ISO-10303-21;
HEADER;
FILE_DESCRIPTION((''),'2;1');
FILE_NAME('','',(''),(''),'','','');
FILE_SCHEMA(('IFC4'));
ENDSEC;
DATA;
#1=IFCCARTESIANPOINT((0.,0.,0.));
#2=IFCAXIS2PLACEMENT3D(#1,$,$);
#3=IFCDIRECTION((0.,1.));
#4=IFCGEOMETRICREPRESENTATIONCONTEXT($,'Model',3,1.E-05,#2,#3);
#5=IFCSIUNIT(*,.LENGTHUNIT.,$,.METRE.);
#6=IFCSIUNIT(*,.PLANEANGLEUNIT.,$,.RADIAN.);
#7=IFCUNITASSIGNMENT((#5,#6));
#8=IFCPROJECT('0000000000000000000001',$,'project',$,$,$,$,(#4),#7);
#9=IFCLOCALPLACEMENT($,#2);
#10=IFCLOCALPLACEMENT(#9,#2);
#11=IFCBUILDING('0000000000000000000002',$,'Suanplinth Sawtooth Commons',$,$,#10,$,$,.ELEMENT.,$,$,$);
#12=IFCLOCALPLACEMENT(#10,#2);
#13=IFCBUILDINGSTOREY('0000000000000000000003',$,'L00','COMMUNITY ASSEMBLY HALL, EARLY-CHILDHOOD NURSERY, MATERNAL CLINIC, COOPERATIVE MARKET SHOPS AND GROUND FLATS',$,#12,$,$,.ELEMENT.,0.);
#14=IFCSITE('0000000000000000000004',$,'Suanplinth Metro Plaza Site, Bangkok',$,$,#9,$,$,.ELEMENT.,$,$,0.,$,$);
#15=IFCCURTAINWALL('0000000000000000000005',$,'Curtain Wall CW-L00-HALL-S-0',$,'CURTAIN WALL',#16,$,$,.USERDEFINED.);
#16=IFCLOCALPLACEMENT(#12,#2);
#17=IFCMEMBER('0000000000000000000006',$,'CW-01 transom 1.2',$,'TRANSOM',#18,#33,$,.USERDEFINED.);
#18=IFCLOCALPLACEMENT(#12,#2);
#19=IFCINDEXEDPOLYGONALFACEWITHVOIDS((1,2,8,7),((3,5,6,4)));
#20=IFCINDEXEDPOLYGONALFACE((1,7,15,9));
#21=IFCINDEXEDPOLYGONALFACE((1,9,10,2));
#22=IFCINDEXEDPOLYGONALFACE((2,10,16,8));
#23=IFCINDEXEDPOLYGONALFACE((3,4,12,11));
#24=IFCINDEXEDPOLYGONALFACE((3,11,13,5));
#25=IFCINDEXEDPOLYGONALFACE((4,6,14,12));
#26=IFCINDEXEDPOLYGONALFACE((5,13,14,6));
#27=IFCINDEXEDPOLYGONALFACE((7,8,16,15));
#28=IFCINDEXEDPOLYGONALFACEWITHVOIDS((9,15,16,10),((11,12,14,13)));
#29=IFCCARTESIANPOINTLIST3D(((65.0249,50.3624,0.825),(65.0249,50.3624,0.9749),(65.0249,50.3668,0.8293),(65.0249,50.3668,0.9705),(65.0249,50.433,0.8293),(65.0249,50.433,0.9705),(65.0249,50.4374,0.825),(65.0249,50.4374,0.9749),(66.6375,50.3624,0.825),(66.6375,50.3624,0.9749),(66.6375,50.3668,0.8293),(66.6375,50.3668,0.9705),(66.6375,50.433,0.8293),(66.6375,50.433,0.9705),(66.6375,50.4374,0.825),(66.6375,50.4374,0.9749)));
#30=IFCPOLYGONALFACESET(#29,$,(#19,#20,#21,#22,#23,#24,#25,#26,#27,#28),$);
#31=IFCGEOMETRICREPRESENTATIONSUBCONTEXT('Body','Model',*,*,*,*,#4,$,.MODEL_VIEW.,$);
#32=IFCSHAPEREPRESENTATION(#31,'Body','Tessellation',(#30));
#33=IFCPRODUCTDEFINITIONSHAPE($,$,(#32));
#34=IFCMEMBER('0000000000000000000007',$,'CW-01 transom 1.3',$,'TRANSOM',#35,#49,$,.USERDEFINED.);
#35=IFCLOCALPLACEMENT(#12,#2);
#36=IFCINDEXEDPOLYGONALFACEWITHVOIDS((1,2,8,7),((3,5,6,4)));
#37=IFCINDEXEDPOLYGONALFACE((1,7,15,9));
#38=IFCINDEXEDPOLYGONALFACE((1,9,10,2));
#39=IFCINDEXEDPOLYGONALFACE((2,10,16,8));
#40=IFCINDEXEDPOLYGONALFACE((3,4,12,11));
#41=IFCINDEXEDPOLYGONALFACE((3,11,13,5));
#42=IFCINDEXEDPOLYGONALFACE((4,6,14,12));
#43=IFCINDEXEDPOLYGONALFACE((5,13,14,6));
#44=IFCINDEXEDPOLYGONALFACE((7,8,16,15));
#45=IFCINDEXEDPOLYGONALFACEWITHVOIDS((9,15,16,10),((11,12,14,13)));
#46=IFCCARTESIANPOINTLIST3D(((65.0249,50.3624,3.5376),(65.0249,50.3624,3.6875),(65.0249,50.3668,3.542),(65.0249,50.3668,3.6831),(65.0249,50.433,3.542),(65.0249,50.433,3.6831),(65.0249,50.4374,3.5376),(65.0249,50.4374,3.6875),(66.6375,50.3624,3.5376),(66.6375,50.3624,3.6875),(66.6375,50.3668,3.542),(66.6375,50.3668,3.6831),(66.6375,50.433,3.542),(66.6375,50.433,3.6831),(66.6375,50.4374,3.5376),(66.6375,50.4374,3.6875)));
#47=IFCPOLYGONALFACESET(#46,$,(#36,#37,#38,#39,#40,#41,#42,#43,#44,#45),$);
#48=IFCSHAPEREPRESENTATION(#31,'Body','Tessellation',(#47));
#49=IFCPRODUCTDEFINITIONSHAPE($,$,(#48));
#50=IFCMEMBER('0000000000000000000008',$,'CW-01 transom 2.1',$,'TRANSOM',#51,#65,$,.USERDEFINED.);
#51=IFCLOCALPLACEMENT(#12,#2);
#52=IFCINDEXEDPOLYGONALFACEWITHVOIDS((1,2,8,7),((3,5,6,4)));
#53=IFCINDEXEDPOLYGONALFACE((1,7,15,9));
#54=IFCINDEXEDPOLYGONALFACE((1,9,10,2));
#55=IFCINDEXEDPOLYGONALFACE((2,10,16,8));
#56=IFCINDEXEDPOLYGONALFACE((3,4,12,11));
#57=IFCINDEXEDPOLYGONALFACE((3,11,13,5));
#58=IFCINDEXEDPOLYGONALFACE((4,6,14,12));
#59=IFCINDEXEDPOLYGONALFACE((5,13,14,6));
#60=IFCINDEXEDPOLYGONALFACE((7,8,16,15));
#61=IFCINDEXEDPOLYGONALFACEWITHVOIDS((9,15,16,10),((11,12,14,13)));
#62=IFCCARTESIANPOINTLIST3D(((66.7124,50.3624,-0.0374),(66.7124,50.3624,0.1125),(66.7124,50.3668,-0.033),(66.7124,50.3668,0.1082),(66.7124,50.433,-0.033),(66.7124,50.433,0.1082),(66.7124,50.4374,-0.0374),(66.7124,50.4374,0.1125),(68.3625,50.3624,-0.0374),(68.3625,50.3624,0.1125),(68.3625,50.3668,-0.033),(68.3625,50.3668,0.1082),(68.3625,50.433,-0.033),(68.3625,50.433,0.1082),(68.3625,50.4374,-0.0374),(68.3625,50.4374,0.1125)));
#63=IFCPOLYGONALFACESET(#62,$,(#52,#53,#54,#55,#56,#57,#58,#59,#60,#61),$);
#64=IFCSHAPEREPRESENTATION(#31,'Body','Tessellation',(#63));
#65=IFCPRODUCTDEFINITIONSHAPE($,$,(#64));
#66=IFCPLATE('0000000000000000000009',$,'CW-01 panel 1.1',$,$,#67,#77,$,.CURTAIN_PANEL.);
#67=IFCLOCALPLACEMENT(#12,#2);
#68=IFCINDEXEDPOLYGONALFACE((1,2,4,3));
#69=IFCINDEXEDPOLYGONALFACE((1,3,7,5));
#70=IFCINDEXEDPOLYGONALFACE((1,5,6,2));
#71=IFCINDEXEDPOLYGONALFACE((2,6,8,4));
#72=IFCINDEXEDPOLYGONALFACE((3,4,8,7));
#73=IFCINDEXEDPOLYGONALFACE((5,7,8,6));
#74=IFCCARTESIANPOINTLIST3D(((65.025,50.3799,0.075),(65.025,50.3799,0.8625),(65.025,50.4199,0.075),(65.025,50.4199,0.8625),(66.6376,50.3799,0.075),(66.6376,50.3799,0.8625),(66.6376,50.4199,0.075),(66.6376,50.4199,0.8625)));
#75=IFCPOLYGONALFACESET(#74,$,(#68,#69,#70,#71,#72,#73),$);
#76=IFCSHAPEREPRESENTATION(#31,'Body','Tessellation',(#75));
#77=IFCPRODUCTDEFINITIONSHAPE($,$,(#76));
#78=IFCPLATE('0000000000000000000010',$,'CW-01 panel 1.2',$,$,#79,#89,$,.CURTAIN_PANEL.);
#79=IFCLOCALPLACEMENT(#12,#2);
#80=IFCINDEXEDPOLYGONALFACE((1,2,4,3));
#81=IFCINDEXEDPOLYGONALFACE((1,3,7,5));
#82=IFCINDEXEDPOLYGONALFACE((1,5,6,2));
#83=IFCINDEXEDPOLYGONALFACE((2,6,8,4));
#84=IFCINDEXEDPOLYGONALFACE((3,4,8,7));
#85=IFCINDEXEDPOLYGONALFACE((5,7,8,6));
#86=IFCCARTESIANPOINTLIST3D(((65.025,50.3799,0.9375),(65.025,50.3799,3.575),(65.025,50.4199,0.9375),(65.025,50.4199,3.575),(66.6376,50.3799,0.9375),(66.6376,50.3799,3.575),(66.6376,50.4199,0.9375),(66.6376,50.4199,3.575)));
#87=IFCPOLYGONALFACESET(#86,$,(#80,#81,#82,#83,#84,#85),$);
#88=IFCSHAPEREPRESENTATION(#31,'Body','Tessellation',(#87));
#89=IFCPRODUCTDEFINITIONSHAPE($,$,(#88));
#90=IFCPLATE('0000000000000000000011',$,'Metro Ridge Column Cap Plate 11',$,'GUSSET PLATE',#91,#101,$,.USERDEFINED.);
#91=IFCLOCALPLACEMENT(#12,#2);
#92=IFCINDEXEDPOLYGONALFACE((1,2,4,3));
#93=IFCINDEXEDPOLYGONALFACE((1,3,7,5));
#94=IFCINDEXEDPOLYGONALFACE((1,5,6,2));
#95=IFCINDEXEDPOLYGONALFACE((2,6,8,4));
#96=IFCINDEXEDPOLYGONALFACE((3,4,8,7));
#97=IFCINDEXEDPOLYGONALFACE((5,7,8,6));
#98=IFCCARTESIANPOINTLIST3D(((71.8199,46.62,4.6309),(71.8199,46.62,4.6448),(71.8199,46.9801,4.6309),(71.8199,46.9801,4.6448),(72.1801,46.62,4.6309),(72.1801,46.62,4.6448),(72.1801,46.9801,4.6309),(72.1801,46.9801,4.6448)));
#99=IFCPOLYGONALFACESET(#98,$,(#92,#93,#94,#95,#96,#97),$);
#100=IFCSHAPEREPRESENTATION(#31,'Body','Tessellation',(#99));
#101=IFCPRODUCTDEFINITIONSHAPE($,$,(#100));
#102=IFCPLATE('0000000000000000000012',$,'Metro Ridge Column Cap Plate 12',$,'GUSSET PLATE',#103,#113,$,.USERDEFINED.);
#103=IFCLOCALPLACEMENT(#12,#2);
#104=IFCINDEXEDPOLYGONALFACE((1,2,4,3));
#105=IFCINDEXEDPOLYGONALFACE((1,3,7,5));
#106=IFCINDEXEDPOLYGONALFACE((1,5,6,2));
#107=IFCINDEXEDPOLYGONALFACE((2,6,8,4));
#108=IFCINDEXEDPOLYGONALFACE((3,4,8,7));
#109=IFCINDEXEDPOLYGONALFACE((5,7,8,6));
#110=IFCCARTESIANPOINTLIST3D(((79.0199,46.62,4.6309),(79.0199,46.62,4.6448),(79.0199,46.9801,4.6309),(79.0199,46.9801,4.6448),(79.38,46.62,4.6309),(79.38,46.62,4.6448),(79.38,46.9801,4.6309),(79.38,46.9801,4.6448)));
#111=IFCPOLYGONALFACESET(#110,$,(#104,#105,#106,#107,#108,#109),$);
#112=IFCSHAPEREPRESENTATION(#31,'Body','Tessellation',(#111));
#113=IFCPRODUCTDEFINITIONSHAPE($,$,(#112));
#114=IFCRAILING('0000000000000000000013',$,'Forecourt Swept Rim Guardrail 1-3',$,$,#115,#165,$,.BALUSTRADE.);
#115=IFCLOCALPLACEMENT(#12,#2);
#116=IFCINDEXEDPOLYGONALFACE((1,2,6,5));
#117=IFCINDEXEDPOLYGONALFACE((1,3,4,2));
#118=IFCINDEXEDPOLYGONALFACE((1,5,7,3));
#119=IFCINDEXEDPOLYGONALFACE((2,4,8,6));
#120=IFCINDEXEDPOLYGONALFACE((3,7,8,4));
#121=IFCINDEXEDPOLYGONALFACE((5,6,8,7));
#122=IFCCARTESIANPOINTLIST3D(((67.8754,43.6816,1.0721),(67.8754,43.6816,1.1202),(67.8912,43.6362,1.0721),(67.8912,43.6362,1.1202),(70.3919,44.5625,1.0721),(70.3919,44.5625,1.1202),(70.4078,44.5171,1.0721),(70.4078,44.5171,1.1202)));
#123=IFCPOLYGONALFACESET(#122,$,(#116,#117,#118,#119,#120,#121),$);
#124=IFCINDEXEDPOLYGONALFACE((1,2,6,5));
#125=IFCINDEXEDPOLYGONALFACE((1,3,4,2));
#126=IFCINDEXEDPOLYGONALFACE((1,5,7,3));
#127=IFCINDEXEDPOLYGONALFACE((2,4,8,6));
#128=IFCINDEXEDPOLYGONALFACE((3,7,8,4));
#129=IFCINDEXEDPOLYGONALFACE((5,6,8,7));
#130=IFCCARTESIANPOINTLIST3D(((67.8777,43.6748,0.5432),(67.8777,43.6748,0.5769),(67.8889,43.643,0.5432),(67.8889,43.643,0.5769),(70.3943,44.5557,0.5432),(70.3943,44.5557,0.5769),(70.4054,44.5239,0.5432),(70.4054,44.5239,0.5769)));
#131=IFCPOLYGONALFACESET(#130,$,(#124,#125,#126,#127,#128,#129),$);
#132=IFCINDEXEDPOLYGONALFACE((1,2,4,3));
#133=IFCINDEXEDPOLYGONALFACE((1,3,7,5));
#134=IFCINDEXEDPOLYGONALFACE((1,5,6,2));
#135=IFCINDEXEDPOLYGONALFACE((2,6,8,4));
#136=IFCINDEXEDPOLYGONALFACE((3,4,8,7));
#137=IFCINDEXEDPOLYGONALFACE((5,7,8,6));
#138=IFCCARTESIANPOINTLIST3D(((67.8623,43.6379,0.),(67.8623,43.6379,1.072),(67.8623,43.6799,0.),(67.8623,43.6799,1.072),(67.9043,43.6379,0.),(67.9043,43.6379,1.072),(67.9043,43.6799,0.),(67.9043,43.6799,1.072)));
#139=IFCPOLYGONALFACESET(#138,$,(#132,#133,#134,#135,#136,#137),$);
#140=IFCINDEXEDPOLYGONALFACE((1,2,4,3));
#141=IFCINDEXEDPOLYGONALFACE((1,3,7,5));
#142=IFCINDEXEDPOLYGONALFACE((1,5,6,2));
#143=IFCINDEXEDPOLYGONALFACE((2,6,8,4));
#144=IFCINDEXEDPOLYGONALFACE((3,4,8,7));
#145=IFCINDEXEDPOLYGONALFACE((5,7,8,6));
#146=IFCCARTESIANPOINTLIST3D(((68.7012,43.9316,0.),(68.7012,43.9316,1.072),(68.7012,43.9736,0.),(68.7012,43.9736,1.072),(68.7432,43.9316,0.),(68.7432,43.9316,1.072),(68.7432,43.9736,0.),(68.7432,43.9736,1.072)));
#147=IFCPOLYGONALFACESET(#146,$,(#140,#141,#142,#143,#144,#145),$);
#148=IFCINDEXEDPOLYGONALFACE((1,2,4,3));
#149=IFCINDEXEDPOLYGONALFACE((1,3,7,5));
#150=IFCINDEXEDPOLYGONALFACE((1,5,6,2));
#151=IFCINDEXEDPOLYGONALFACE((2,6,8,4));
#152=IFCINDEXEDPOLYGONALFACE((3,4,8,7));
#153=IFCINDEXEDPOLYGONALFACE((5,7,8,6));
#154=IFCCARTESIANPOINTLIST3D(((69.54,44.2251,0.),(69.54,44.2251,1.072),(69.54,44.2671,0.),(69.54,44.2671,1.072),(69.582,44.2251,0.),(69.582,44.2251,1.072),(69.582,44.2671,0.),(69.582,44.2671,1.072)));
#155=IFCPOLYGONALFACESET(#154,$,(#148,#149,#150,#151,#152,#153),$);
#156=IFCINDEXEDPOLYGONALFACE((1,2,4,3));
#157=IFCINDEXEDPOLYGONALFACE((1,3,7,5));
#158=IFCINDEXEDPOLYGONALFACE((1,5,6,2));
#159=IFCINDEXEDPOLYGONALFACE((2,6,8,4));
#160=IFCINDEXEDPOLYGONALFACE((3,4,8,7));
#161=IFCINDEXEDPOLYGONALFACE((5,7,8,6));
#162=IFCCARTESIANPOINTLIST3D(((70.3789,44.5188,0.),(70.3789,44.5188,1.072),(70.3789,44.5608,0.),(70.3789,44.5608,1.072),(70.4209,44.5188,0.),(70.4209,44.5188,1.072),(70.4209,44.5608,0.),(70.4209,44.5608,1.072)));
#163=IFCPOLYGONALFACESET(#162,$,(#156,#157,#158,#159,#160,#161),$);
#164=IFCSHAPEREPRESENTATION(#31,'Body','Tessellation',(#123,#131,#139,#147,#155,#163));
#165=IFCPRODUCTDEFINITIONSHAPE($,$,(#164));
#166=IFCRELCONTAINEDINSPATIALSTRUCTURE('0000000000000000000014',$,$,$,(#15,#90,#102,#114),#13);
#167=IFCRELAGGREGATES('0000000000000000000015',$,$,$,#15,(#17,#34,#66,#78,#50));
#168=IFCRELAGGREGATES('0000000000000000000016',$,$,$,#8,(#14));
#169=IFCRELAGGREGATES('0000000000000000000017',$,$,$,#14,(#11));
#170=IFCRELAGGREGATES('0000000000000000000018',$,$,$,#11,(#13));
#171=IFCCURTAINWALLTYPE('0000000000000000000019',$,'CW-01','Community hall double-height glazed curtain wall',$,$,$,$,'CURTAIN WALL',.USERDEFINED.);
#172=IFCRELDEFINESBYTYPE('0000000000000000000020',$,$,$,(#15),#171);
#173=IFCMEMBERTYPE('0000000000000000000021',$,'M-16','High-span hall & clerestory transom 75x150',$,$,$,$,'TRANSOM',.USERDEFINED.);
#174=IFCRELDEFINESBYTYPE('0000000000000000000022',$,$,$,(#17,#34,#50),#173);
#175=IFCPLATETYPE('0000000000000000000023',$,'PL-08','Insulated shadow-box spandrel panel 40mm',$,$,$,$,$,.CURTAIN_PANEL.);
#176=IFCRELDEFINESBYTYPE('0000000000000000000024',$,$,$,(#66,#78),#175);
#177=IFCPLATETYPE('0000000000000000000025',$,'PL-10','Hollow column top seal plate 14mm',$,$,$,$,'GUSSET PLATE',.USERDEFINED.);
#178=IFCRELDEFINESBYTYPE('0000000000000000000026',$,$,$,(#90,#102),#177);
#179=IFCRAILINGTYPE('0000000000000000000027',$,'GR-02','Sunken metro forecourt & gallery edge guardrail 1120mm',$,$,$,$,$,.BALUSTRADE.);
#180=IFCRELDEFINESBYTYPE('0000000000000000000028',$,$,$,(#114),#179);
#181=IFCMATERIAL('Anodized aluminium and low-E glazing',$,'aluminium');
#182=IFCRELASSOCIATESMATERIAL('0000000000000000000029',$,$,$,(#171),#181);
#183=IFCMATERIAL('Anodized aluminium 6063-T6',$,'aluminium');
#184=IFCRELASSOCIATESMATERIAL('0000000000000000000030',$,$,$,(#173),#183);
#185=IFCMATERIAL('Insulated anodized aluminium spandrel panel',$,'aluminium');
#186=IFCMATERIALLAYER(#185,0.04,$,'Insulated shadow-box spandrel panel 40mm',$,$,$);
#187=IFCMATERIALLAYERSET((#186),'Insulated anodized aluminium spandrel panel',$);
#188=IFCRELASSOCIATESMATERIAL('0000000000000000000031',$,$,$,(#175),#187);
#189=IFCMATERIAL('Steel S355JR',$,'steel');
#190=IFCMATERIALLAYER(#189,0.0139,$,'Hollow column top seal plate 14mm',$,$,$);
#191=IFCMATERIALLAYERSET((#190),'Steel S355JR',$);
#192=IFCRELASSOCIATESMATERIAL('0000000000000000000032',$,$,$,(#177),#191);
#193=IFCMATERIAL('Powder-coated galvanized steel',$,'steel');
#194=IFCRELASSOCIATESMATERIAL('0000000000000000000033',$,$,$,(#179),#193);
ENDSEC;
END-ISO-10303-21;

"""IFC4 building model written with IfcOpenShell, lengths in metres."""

from ifc_helpers import new_model, si_unit, direction, frame, origin, origin_2d, place, context, subcontext, project, spatial, rectangle, hollow_rectangle, extrude, material, layer, layer_set, material_profile, profile_set, type_object, element, aggregate, save


model = new_model("IFC4")

# Units and contexts
model_context = context("Model", 3, precision=1e-05, world=origin(), true_north=direction((0.0, 1.0)))
body_context = subcontext(model_context, "Body", "Model", "MODEL_VIEW")
ifc_project = project(units=[si_unit("LENGTHUNIT", "METRE"), si_unit("PLANEANGLEUNIT", "RADIAN")], contexts=[model_context])

# Site, building, storey
site_placement = place(None, origin())
site = spatial("IfcSite", under=ifc_project, at=site_placement, Name="Suanplinth Metro Plaza Site, Bangkok", CompositionType="ELEMENT", RefElevation=0.0)
building_placement = place(site_placement, origin())
building = spatial("IfcBuilding", under=site, at=building_placement, Name="Suanplinth Sawtooth Commons", CompositionType="ELEMENT")
storey_placement = place(building_placement, origin())
storey = spatial("IfcBuildingStorey", under=building, at=storey_placement, Name="L00", Description="COMMUNITY ASSEMBLY HALL, EARLY-CHILDHOOD NURSERY, MATERNAL CLINIC, COOPERATIVE MARKET SHOPS AND GROUND FLATS", CompositionType="ELEMENT", Elevation=0.0)

# Shared definitions
ifc_material_1 = material(Name="Steel S355JR", Category="steel")

# Curtain wall, members, plates
ifc_material_2 = material(Name="Anodized aluminium and low-E glazing", Category="aluminium")
curtain_wall_type = type_object("IfcCurtainWallType", Name="CW-01", Description="Community hall double-height glazed curtain wall", ElementType="CURTAIN WALL", PredefinedType="USERDEFINED", material=ifc_material_2)
curtain_wall_placement = place(storey_placement, origin())
curtain_wall = element("IfcCurtainWall", 1, at=curtain_wall_placement, inside=storey, type_object=curtain_wall_type, Name="Curtain Wall CW-L00-HALL-S-0", ObjectType="CURTAIN WALL", PredefinedType="USERDEFINED")
ifc_material_3 = material(Name="Anodized aluminium 6063-T6", Category="aluminium")
ifc_material_profile_1 = material_profile(ifc_material_3, hollow_rectangle(XDim=0.075, YDim=0.1499, WallThickness=0.0044, at=origin_2d()), Name="ALU-TRN 75x150")
ifc_profile_set_1 = profile_set([ifc_material_profile_1], Name="Anodized aluminium 6063-T6")
member_type_1 = type_object("IfcMemberType", Name="M-16", Description="High-span hall & clerestory transom 75x150", ElementType="TRANSOM", PredefinedType="USERDEFINED", material=ifc_profile_set_1)
member_1_placement = place(storey_placement, frame((65.0249, 50.3999, 0.8999), z_axis=(1.0, 0.0, 0.0), x_axis=(0.0, 1.0, 0.0)))
member_1 = element("IfcMember", 2, at=member_1_placement, type_object=member_type_1, Name="CW-01 transom 1.2", ObjectType="TRANSOM", PredefinedType="USERDEFINED", context=body_context, shape_type="SweptSolid", body=[
    extrude(hollow_rectangle(XDim=0.075, YDim=0.1499, WallThickness=0.0044, at=origin_2d()), origin(), (0.0, 0.0, 1.0), 1.6125),
])
member_2_placement = place(storey_placement, frame((65.0249, 50.3999, 3.6125), z_axis=(1.0, 0.0, 0.0), x_axis=(0.0, 1.0, 0.0)))
member_2 = element("IfcMember", 3, at=member_2_placement, type_object=member_type_1, Name="CW-01 transom 1.3", ObjectType="TRANSOM", PredefinedType="USERDEFINED", context=body_context, shape_type="SweptSolid", body=[
    extrude(hollow_rectangle(XDim=0.075, YDim=0.1499, WallThickness=0.0044, at=origin_2d()), origin(), (0.0, 0.0, 1.0), 1.6125),
])
member_3_placement = place(storey_placement, frame((66.7124, 50.3999, 0.0376), z_axis=(1.0, 0.0, 0.0), x_axis=(0.0, 1.0, 0.0)))
member_3 = element("IfcMember", 4, at=member_3_placement, type_object=member_type_1, Name="CW-01 transom 2.1", ObjectType="TRANSOM", PredefinedType="USERDEFINED", context=body_context, shape_type="SweptSolid", body=[
    extrude(hollow_rectangle(XDim=0.075, YDim=0.1499, WallThickness=0.0044, at=origin_2d()), origin(), (0.0, 0.0, 1.0), 1.6501),
])
ifc_material_4 = material(Name="Insulated anodized aluminium spandrel panel", Category="aluminium")
ifc_layer_1 = layer(ifc_material_4, 0.04, Name="Insulated shadow-box spandrel panel 40mm")
ifc_layer_set_1 = layer_set([ifc_layer_1], Name="Insulated anodized aluminium spandrel panel")
plate_type_1 = type_object("IfcPlateType", Name="PL-08", Description="Insulated shadow-box spandrel panel 40mm", PredefinedType="CURTAIN_PANEL", material=ifc_layer_set_1)
plate_1_placement = place(storey_placement, frame((65.8313, 50.3999, 0.075), z_axis=(0.0, 0.0, 1.0), x_axis=(1.0, 0.0, 0.0)))
plate_1 = element("IfcPlate", 5, at=plate_1_placement, type_object=plate_type_1, Name="CW-01 panel 1.1", PredefinedType="CURTAIN_PANEL", context=body_context, shape_type="SweptSolid", body=[
    extrude(rectangle(XDim=1.6125, YDim=0.04, at=origin_2d()), origin(), (0.0, 0.0, 1.0), 0.7876),
])
plate_2_placement = place(storey_placement, frame((65.8313, 50.3999, 0.9375), z_axis=(0.0, 0.0, 1.0), x_axis=(1.0, 0.0, 0.0)))
plate_2 = element("IfcPlate", 6, at=plate_2_placement, type_object=plate_type_1, Name="CW-01 panel 1.2", PredefinedType="CURTAIN_PANEL", context=body_context, shape_type="SweptSolid", body=[
    extrude(rectangle(XDim=1.6125, YDim=0.04, at=origin_2d()), origin(), (0.0, 0.0, 1.0), 2.6375),
])
aggregate(curtain_wall, [member_1, member_2, plate_1, plate_2, member_3])

# Plates
ifc_layer_2 = layer(ifc_material_1, 0.0139, Name="Hollow column top seal plate 14mm")
ifc_layer_set_2 = layer_set([ifc_layer_2], Name="Steel S355JR")
plate_type_2 = type_object("IfcPlateType", Name="PL-10", Description="Hollow column top seal plate 14mm", ElementType="GUSSET PLATE", PredefinedType="USERDEFINED", material=ifc_layer_set_2)
for number, where, z_axis, x_axis, name in (
    (7, (72.0, 46.8, 4.6309), (0.0, 0.0, 1.0), (1.0, 0.0, 0.0), "Metro Ridge Column Cap Plate 11"),
    (8, (79.2, 46.8, 4.6309), (0.0, 0.0, 1.0), (1.0, 0.0, 0.0), "Metro Ridge Column Cap Plate 12"),
):
    element("IfcPlate", number, at=place(storey_placement, frame(where, z_axis=z_axis, x_axis=x_axis)), inside=storey, type_object=plate_type_2, Name=name, ObjectType="GUSSET PLATE", PredefinedType="USERDEFINED", context=body_context, shape_type="SweptSolid", body=[
        extrude(rectangle(XDim=0.3601, YDim=0.3601, at=origin_2d()), origin(), (0.0, 0.0, 1.0), 0.0139),
    ])

# Railing
ifc_material_5 = material(Name="Powder-coated galvanized steel", Category="steel")
railing_type = type_object("IfcRailingType", Name="GR-02", Description="Sunken metro forecourt & gallery edge guardrail 1120mm", PredefinedType="BALUSTRADE", material=ifc_material_5)
railing_1_placement = place(storey_placement, frame((67.8833, 43.6589, 0.0)))
element("IfcRailing", 9, at=railing_1_placement, inside=storey, type_object=railing_type, Name="Forecourt Swept Rim Guardrail 1-3", PredefinedType="BALUSTRADE", context=body_context, shape_type="SweptSolid", body=[
    extrude(rectangle(XDim=0.0481, YDim=0.0481, at=origin_2d()), frame((0.0, 0.0, 1.0962), z_axis=(0.943853, 0.330367, 0.0), x_axis=(-0.330367, 0.943853, 0.0)), (0.0, 0.0, 1.0), 2.6663),
    extrude(rectangle(XDim=0.0337, YDim=0.0337, at=origin_2d()), frame((0.0, 0.0, 0.5601), z_axis=(0.943853, 0.330367, 0.0), x_axis=(-0.330367, 0.943853, 0.0)), (0.0, 0.0, 1.0), 2.6663),
    extrude(rectangle(XDim=0.042, YDim=0.042, at=origin_2d()), origin(), (0.0, 0.0, 1.0), 1.072),
    extrude(rectangle(XDim=0.042, YDim=0.042, at=origin_2d()), frame((0.8389, 0.2937, 0.0)), (0.0, 0.0, 1.0), 1.072),
    extrude(rectangle(XDim=0.042, YDim=0.042, at=origin_2d()), frame((1.6777, 0.5872, 0.0)), (0.0, 0.0, 1.0), 1.072),
    extrude(rectangle(XDim=0.042, YDim=0.042, at=origin_2d()), frame((2.5166, 0.8809, 0.0)), (0.0, 0.0, 1.0), 1.072),
])

save(model, "model.ifc")
